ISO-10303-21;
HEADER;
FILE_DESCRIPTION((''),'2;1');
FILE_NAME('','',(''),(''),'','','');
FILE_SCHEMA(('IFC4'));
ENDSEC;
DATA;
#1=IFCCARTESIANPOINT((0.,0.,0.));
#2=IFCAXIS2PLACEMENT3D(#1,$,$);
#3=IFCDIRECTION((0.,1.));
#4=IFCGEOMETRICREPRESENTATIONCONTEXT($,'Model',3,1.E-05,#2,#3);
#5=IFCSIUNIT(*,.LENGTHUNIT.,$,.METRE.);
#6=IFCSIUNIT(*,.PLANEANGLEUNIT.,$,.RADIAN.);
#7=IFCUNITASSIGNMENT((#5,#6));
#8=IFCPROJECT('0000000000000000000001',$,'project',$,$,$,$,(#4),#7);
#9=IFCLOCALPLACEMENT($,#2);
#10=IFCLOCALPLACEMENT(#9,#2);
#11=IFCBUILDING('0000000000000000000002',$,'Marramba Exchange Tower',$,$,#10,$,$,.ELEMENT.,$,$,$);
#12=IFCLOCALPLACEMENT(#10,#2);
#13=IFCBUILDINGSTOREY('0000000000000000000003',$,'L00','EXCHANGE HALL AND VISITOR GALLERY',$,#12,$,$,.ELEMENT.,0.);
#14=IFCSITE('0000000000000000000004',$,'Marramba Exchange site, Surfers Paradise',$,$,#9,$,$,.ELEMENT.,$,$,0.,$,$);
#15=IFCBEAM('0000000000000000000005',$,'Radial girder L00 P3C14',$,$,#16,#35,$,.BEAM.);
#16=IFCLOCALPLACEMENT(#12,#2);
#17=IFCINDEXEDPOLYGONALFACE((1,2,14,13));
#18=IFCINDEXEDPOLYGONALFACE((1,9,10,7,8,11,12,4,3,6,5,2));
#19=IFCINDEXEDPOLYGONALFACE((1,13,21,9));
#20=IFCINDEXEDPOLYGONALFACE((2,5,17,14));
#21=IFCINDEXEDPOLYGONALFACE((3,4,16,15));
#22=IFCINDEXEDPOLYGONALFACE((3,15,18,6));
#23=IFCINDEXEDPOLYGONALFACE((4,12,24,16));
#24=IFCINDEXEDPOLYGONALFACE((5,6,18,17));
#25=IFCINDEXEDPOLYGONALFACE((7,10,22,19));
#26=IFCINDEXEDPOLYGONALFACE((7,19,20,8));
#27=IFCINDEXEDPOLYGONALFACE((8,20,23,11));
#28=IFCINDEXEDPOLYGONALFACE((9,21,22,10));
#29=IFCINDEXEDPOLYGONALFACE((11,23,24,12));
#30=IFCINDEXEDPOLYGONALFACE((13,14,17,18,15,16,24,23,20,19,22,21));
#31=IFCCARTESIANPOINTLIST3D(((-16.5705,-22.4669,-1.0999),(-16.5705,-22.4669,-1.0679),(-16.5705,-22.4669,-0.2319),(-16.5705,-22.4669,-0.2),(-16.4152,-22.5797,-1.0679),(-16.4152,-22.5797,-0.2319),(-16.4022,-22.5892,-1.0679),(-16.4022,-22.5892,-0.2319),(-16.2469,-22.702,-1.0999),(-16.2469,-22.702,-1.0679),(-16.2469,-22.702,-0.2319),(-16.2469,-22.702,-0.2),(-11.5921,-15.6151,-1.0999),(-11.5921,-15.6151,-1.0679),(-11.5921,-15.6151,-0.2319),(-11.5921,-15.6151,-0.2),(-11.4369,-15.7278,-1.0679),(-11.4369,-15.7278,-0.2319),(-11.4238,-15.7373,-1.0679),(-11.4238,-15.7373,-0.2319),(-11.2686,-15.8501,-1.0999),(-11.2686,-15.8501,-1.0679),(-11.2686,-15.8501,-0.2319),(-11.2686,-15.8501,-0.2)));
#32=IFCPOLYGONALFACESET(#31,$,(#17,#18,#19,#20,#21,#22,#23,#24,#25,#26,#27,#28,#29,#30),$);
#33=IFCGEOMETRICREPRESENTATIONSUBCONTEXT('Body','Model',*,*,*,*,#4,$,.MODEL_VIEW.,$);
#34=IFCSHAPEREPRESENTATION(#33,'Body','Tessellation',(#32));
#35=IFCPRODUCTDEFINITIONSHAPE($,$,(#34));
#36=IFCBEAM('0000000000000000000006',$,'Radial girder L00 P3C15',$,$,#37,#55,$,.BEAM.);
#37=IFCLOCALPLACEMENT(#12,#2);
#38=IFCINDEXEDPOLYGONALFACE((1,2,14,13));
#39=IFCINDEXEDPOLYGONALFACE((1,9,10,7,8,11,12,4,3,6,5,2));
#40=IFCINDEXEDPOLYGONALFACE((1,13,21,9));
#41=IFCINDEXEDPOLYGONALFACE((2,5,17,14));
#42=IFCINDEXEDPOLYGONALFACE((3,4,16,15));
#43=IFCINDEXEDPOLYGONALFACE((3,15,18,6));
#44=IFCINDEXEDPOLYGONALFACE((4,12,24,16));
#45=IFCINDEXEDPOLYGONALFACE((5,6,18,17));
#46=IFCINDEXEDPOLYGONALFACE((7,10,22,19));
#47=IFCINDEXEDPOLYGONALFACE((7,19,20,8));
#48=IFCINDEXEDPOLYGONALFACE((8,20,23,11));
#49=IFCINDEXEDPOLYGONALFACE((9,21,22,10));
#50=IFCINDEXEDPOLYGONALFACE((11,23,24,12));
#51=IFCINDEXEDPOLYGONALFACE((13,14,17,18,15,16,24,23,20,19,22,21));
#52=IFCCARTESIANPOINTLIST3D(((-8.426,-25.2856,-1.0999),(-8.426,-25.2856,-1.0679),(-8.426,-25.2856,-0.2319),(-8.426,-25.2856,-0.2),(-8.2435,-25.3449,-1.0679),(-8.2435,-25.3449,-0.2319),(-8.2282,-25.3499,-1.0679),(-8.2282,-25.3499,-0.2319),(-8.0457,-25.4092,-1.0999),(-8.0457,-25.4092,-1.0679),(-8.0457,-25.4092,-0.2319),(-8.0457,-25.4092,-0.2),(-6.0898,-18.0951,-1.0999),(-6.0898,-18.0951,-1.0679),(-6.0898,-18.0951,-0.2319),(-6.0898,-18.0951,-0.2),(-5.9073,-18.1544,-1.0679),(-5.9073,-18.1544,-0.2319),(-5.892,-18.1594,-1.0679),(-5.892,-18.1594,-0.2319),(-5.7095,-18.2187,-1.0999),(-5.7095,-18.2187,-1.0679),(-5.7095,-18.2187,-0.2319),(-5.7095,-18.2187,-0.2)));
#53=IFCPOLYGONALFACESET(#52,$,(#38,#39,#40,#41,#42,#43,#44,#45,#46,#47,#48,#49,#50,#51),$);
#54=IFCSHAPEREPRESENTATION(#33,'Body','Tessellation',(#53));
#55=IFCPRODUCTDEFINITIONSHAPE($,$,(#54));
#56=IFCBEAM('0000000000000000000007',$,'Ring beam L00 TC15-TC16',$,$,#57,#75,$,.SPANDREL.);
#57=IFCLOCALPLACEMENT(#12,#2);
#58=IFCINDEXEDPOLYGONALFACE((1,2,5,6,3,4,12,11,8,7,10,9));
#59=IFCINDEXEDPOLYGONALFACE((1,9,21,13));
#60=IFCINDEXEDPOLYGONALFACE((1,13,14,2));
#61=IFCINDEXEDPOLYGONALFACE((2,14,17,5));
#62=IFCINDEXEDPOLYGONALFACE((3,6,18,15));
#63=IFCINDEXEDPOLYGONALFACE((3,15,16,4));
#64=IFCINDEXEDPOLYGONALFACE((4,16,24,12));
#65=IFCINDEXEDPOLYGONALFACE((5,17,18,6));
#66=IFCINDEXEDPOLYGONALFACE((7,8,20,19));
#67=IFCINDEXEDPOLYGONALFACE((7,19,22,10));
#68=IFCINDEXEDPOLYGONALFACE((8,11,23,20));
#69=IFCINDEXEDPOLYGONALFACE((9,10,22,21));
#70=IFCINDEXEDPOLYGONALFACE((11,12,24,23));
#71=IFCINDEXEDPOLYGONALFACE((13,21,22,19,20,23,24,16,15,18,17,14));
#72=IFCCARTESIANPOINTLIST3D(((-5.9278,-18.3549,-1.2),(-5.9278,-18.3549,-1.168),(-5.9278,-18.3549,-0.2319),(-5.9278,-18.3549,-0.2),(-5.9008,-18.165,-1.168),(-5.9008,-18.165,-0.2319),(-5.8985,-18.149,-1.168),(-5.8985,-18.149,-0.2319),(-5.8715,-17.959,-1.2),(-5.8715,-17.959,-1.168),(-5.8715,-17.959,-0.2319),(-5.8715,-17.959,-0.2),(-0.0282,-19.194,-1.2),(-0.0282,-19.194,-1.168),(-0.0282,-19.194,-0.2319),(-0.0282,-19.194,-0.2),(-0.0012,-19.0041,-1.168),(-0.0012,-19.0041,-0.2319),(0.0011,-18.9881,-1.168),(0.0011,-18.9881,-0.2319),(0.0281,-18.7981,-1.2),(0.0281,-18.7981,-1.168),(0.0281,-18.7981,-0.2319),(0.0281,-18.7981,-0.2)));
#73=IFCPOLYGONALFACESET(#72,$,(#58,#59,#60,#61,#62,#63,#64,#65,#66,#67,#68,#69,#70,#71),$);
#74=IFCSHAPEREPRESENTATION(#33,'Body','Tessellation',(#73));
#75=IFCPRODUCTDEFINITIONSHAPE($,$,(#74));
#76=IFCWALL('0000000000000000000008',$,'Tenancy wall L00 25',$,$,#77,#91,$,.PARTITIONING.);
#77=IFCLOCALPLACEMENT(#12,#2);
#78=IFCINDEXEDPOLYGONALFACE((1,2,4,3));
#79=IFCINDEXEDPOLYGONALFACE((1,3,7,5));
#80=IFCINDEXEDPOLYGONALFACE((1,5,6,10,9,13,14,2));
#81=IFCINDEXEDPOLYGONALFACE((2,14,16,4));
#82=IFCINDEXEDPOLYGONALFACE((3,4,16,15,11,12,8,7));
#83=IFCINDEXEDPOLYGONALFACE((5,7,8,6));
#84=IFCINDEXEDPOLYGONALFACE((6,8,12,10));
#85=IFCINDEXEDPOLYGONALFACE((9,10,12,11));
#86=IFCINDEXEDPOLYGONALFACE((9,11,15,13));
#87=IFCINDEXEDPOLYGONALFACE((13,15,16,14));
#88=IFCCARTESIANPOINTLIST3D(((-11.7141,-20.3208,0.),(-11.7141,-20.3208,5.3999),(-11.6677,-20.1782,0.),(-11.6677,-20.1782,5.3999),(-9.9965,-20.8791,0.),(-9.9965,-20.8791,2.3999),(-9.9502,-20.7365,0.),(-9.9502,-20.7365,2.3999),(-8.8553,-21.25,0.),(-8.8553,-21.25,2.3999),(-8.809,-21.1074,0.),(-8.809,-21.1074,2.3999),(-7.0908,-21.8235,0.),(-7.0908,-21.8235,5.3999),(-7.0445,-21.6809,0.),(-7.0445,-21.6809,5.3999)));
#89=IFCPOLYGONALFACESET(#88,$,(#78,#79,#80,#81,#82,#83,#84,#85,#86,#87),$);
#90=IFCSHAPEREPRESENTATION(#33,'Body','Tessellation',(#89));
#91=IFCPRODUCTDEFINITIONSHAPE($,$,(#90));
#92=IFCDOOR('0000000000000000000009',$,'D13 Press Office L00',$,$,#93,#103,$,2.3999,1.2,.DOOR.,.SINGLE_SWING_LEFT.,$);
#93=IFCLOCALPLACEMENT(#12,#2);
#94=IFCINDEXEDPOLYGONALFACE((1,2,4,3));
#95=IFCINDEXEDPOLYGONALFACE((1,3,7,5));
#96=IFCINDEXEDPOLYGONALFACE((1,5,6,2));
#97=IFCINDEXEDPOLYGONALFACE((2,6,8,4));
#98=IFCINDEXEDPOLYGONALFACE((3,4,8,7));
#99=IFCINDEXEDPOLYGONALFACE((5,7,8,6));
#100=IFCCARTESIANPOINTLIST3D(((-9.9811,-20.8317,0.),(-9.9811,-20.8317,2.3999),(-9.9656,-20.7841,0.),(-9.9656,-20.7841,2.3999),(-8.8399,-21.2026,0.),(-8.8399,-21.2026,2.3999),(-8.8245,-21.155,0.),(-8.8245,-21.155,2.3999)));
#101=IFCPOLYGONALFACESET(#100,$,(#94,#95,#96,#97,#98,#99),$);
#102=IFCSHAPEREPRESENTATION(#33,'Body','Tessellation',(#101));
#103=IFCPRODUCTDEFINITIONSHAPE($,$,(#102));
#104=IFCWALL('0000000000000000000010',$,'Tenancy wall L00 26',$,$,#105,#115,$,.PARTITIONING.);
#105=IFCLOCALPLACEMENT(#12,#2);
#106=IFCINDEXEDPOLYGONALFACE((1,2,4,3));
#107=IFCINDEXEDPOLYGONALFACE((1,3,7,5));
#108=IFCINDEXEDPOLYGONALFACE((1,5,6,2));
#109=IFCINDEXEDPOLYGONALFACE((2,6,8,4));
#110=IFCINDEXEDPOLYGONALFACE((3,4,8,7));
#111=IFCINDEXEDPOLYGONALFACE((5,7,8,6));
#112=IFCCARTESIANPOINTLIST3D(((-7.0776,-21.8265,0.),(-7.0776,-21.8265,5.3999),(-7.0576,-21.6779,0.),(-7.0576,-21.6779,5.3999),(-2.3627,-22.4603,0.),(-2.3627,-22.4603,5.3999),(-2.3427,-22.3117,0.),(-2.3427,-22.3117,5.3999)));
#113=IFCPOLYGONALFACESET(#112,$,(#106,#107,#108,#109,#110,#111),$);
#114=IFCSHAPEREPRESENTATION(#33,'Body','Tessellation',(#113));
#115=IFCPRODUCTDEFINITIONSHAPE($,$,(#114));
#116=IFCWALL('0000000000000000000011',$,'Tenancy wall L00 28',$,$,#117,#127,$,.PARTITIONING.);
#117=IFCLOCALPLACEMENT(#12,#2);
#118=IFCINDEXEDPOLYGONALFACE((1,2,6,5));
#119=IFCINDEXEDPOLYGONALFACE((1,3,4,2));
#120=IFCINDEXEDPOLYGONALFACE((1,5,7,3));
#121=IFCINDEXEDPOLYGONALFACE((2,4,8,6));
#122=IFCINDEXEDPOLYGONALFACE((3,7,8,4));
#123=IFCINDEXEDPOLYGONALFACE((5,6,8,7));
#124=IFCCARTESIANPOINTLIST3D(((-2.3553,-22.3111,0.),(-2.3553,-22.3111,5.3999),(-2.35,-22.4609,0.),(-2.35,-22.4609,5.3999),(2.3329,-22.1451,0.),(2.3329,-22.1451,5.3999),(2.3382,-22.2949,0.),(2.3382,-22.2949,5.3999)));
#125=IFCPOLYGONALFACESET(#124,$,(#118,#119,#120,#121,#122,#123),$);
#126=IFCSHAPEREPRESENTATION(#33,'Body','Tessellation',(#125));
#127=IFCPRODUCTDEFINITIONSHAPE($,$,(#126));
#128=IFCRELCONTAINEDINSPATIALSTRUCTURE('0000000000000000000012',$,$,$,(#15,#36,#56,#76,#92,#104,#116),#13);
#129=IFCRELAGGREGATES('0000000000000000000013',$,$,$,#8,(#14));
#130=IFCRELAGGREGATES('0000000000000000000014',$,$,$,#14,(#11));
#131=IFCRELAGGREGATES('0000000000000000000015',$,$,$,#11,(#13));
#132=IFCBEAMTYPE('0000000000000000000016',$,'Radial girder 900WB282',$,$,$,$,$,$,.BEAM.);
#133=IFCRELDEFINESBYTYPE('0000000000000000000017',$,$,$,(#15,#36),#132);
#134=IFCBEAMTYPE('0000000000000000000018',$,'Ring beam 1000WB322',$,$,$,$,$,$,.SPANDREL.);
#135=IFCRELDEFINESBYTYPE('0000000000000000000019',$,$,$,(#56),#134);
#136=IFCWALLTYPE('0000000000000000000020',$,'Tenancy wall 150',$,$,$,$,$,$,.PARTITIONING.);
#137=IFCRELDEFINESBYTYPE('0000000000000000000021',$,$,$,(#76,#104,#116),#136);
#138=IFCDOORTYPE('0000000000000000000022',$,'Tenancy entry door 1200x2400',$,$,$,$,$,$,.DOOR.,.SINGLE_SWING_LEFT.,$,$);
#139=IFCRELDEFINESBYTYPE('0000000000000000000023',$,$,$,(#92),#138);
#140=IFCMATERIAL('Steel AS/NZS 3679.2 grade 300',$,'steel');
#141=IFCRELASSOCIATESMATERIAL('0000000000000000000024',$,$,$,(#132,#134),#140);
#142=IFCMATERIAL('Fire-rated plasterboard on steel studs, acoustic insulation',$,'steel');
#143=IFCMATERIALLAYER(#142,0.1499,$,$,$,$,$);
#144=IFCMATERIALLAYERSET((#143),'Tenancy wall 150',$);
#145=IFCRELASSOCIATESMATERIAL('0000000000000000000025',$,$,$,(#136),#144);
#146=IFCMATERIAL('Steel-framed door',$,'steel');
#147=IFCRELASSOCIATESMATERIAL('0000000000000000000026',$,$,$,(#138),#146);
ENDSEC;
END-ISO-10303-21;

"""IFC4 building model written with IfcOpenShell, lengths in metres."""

from ifc_helpers import new_model, si_unit, direction, frame, frame_2d, origin, origin_2d, place, context, subcontext, project, spatial, rectangle, i_section, extrude, material, layer, layer_set, material_profile, profile_set, type_object, element, fill, save


model = new_model("IFC4")

# Units and contexts
model_context = context("Model", 3, precision=1e-05, world=origin(), true_north=direction((0.0, 1.0)))
body_context = subcontext(model_context, "Body", "Model", "MODEL_VIEW")
ifc_project = project(units=[si_unit("LENGTHUNIT", "METRE"), si_unit("PLANEANGLEUNIT", "RADIAN")], contexts=[model_context])

# Site, building, storey
site_placement = place(None, origin())
site = spatial("IfcSite", under=ifc_project, at=site_placement, Name="Marramba Exchange site, Surfers Paradise", CompositionType="ELEMENT", RefElevation=0.0)
building_placement = place(site_placement, origin())
building = spatial("IfcBuilding", under=site, at=building_placement, Name="Marramba Exchange Tower", CompositionType="ELEMENT")
storey_placement = place(building_placement, origin())
storey = spatial("IfcBuildingStorey", under=building, at=storey_placement, Name="L00", Description="EXCHANGE HALL AND VISITOR GALLERY", CompositionType="ELEMENT", Elevation=0.0)

# Beams
ifc_material_1 = material(Name="Steel AS/NZS 3679.2 grade 300", Category="steel")
ifc_material_profile_1 = material_profile(ifc_material_1, i_section(OverallWidth=0.3999, OverallDepth=0.8999, WebThickness=0.0161, FlangeThickness=0.032, at=origin_2d()), Name="900WB282")
ifc_profile_set_1 = profile_set([ifc_material_profile_1], Name="Steel AS/NZS 3679.2 grade 300")
beam_type_1 = type_object("IfcBeamType", Name="Radial girder 900WB282", PredefinedType="BEAM", material=ifc_profile_set_1)
beam_1_placement = place(storey_placement, frame((-16.4087, -22.5845, -0.6499), z_axis=(0.587796, 0.809009, 0.0), x_axis=(-0.809009, 0.587796, 0.0)))
element("IfcBeam", 1, at=beam_1_placement, inside=storey, type_object=beam_type_1, Name="Radial girder L00 P3C14", PredefinedType="BEAM", context=body_context, shape_type="SweptSolid", body=[
    extrude(i_section(OverallWidth=0.3999, OverallDepth=0.8999, WebThickness=0.0161, FlangeThickness=0.032, at=origin_2d()), origin(), (0.0, 0.0, 1.0), 8.4695),
])
beam_2_placement = place(storey_placement, frame((-8.2358, -25.3474, -0.6499), z_axis=(0.309001, 0.951062, 0.0), x_axis=(-0.951062, 0.309001, 0.0)))
element("IfcBeam", 2, at=beam_2_placement, inside=storey, type_object=beam_type_1, Name="Radial girder L00 P3C15", PredefinedType="BEAM", context=body_context, shape_type="SweptSolid", body=[
    extrude(i_section(OverallWidth=0.3999, OverallDepth=0.8999, WebThickness=0.0161, FlangeThickness=0.032, at=origin_2d()), origin(), (0.0, 0.0, 1.0), 7.5605),
])
ifc_material_profile_2 = material_profile(ifc_material_1, i_section(OverallWidth=0.3999, OverallDepth=1.0, WebThickness=0.0161, FlangeThickness=0.032, at=origin_2d()), Name="1000WB322")
ifc_profile_set_2 = profile_set([ifc_material_profile_2], Name="Steel AS/NZS 3679.2 grade 300")
beam_type_2 = type_object("IfcBeamType", Name="Ring beam 1000WB322", PredefinedType="SPANDREL", material=ifc_profile_set_2)
beam_3_placement = place(storey_placement, frame((-5.8997, -18.157, -0.7), z_axis=(0.990036, -0.140813, 0.0), x_axis=(0.140813, 0.990036, 0.0)))
element("IfcBeam", 3, at=beam_3_placement, inside=storey, type_object=beam_type_2, Name="Ring beam L00 TC15-TC16", PredefinedType="SPANDREL", context=body_context, shape_type="SweptSolid", body=[
    extrude(i_section(OverallWidth=0.3999, OverallDepth=1.0, WebThickness=0.0161, FlangeThickness=0.032, at=origin_2d()), origin(), (0.0, 0.0, 1.0), 5.959),
])

# Wall, opening, door
ifc_material_2 = material(Name="Fire-rated plasterboard on steel studs, acoustic insulation", Category="steel")
ifc_layer = layer(ifc_material_2, 0.1499)
ifc_layer_set = layer_set([ifc_layer], Name="Tenancy wall 150")
wall_type = type_object("IfcWallType", Name="Tenancy wall 150", PredefinedType="PARTITIONING", material=ifc_layer_set)
wall_1_placement = place(storey_placement, frame((-11.6909, -20.2495, 0.0), z_axis=(0.0, 0.0, 1.0), x_axis=(0.951027, -0.309108, 0.0)))
wall_1 = element("IfcWall", 4, at=wall_1_placement, inside=storey, type_object=wall_type, Name="Tenancy wall L00 25", PredefinedType="PARTITIONING", context=body_context, shape_type="SweptSolid", body=[
    extrude(rectangle(XDim=4.8613, YDim=0.1499, at=frame_2d((2.4307, 0.0))), origin(), (0.0, 0.0, 1.0), 5.3999),
])
opening_placement = place(wall_1_placement, frame((1.8059, 0.0, 0.0)))
opening = element("IfcOpeningElement", 5, at=opening_placement, cuts=wall_1, PredefinedType="OPENING", context=body_context, shape_type="SweptSolid", body=[
    extrude(rectangle(XDim=1.2, YDim=2.3999, at=frame_2d((0.6001, 1.2))), frame((0.0, 0.085, 0.0), z_axis=(0.0, -1.0, 0.0), x_axis=(1.0, 0.0, 0.0)), (0.0, 0.0, 1.0), 0.1699),
])
ifc_material_3 = material(Name="Steel-framed door", Category="steel")
door_type = type_object("IfcDoorType", Name="Tenancy entry door 1200x2400", OperationType="SINGLE_SWING_LEFT", PredefinedType="DOOR", material=ifc_material_3)
door_placement = place(opening_placement, origin())
door = element("IfcDoor", 6, at=door_placement, inside=storey, type_object=door_type, Name="D13 Press Office L00", OperationType="SINGLE_SWING_LEFT", OverallHeight=2.3999, OverallWidth=1.2, PredefinedType="DOOR", context=body_context, shape_type="SweptSolid", body=[
    extrude(rectangle(XDim=1.2, YDim=2.3999, at=frame_2d((0.6001, 1.2))), frame((0.0, 0.0249, 0.0), z_axis=(0.0, -1.0, 0.0), x_axis=(1.0, 0.0, 0.0)), (0.0, 0.0, 1.0), 0.05),
])
fill(opening, door)

# Walls
wall_2_placement = place(storey_placement, frame((-7.0676, -21.7522, 0.0), z_axis=(0.0, 0.0, 1.0), x_axis=(0.991086, -0.133226, 0.0)))
element("IfcWall", 7, at=wall_2_placement, inside=storey, type_object=wall_type, Name="Tenancy wall L00 26", PredefinedType="PARTITIONING", context=body_context, shape_type="SweptSolid", body=[
    extrude(rectangle(XDim=4.7573, YDim=0.1499, at=frame_2d((2.3787, 0.0))), origin(), (0.0, 0.0, 1.0), 5.3999),
])
wall_3_placement = place(storey_placement, frame((-2.3528, -22.386, 0.0), z_axis=(0.0, 0.0, 1.0), x_axis=(0.999374, 0.035389, 0.0)))
element("IfcWall", 8, at=wall_3_placement, inside=storey, type_object=wall_type, Name="Tenancy wall L00 28", PredefinedType="PARTITIONING", context=body_context, shape_type="SweptSolid", body=[
    extrude(rectangle(XDim=4.6912, YDim=0.1499, at=frame_2d((2.3457, 0.0))), origin(), (0.0, 0.0, 1.0), 5.3999),
])

save(model, "model.ifc")
